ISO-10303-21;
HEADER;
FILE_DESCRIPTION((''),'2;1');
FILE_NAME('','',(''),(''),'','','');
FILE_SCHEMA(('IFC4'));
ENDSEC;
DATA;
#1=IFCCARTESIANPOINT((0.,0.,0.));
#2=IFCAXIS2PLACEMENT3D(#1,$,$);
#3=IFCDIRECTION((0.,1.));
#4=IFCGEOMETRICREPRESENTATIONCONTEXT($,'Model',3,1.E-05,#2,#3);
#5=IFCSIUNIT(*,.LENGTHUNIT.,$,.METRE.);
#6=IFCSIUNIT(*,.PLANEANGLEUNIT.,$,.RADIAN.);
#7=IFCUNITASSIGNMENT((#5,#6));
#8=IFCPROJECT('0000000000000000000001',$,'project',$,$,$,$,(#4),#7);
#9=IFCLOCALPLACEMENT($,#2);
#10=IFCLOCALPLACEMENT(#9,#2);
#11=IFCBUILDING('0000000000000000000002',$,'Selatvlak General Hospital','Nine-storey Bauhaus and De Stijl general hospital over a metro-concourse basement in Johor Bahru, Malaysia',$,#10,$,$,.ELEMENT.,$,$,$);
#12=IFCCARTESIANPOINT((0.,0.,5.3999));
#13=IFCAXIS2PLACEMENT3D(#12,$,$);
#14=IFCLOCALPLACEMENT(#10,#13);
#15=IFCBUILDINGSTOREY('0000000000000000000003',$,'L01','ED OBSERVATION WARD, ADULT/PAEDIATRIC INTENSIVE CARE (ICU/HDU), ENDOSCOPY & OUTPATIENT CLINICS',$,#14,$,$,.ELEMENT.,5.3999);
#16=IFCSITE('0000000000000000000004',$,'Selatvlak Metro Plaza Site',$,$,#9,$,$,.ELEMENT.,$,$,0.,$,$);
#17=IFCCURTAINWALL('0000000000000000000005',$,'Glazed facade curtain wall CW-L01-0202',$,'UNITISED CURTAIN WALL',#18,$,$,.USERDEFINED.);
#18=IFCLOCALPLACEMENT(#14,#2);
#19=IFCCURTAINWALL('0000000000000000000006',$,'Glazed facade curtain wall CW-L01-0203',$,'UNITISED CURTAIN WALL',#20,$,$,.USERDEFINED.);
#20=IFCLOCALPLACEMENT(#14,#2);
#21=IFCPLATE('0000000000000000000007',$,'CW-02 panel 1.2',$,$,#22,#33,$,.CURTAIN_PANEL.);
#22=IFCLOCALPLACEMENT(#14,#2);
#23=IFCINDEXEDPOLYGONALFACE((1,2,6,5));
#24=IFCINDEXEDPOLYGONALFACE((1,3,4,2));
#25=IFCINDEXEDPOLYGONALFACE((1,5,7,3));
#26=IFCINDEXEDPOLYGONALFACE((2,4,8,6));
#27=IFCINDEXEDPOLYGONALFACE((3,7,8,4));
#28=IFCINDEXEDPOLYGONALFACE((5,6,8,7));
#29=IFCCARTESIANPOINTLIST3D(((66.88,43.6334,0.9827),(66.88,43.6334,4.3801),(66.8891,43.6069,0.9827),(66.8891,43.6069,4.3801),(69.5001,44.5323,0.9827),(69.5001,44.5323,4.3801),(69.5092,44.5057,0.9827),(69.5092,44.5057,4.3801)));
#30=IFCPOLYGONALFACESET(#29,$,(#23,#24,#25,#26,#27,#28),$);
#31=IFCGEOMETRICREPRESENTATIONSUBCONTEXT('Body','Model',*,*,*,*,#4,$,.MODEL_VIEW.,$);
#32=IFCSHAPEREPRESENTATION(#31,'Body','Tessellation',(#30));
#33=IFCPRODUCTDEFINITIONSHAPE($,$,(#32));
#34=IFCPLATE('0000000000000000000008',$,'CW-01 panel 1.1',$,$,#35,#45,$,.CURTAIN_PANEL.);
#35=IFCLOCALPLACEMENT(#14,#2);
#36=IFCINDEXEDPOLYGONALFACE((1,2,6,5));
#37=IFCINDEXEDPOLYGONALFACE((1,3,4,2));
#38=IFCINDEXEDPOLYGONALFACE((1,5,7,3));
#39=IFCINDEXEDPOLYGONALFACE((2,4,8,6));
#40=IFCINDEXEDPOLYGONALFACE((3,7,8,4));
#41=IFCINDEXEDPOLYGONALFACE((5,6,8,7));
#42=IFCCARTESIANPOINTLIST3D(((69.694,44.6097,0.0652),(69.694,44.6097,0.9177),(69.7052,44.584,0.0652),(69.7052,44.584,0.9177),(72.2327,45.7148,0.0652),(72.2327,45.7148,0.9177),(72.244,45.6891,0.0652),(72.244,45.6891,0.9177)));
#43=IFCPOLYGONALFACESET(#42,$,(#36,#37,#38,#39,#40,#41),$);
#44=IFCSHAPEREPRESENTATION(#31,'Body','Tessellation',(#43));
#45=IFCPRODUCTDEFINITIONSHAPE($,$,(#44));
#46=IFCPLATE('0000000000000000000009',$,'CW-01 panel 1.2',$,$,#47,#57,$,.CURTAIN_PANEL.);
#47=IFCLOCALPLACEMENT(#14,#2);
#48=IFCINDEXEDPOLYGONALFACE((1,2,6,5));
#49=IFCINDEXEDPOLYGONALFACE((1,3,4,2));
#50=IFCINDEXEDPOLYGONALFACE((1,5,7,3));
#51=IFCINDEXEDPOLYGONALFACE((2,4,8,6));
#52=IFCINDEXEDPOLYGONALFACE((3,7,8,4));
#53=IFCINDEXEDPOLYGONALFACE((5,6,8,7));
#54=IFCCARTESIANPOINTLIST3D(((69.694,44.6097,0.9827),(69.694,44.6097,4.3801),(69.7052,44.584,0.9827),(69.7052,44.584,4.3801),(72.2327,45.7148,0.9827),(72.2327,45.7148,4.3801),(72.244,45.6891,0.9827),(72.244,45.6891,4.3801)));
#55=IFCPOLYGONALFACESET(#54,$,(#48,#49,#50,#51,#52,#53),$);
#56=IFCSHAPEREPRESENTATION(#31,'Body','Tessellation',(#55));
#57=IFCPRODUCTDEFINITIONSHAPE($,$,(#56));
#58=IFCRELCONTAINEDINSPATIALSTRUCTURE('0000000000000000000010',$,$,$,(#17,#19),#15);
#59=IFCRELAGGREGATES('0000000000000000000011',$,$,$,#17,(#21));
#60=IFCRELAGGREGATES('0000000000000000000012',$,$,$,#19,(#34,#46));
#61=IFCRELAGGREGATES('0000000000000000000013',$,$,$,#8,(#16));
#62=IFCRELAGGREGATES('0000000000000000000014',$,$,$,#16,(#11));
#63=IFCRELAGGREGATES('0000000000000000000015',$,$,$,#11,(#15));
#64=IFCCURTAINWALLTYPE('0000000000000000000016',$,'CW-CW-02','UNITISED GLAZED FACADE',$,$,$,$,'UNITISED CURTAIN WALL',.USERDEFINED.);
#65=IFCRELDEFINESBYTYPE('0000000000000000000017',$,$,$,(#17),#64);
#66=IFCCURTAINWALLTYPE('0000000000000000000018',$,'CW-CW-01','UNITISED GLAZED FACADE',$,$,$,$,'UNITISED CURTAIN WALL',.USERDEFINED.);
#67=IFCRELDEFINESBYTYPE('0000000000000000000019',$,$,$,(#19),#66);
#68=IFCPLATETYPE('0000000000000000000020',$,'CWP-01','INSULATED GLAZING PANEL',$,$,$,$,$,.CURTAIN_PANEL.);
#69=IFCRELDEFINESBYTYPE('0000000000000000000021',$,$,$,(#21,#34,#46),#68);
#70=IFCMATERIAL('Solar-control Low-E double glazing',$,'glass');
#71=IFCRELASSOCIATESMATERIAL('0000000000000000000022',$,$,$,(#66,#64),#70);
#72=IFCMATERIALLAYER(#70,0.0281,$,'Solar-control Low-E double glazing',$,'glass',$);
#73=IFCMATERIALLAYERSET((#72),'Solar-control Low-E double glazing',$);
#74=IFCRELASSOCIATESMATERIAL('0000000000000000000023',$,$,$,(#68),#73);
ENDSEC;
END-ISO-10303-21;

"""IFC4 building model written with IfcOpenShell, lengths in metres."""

from ifc_helpers import new_model, si_unit, direction, frame, origin, origin_2d, place, context, subcontext, project, spatial, rectangle, extrude, material, layer, layer_set, type_object, element, aggregate, save


model = new_model("IFC4")

# Units and contexts
model_context = context("Model", 3, precision=1e-05, world=origin(), true_north=direction((0.0, 1.0)))
body_context = subcontext(model_context, "Body", "Model", "MODEL_VIEW")
ifc_project = project(units=[si_unit("LENGTHUNIT", "METRE"), si_unit("PLANEANGLEUNIT", "RADIAN")], contexts=[model_context])

# Site, building, storey
site_placement = place(None, origin())
site = spatial("IfcSite", under=ifc_project, at=site_placement, Name="Selatvlak Metro Plaza Site", CompositionType="ELEMENT", RefElevation=0.0)
building_placement = place(site_placement, origin())
building = spatial("IfcBuilding", under=site, at=building_placement, Name="Selatvlak General Hospital", Description="Nine-storey Bauhaus and De Stijl general hospital over a metro-concourse basement in Johor Bahru, Malaysia", CompositionType="ELEMENT")
storey_placement = place(building_placement, frame((0.0, 0.0, 5.3999)))
storey = spatial("IfcBuildingStorey", under=building, at=storey_placement, Name="L01", Description="ED OBSERVATION WARD, ADULT/PAEDIATRIC INTENSIVE CARE (ICU/HDU), ENDOSCOPY & OUTPATIENT CLINICS", CompositionType="ELEMENT", Elevation=5.3999)

# Shared definitions
ifc_material_1 = material(Name="Solar-control Low-E double glazing", Category="glass")
curtain_wall_type_1 = type_object("IfcCurtainWallType", Name="CW-CW-01", Description="UNITISED GLAZED FACADE", ElementType="UNITISED CURTAIN WALL", PredefinedType="USERDEFINED", material=ifc_material_1)

# Curtain walls
curtain_wall_type_2 = type_object("IfcCurtainWallType", Name="CW-CW-02", Description="UNITISED GLAZED FACADE", ElementType="UNITISED CURTAIN WALL", PredefinedType="USERDEFINED", material=ifc_material_1)
curtain_wall_1_placement = place(storey_placement, origin())
curtain_wall_1 = element("IfcCurtainWall", 1, at=curtain_wall_1_placement, inside=storey, type_object=curtain_wall_type_2, Name="Glazed facade curtain wall CW-L01-0202", ObjectType="UNITISED CURTAIN WALL", PredefinedType="USERDEFINED")
curtain_wall_2_placement = place(storey_placement, origin())
curtain_wall_2 = element("IfcCurtainWall", 2, at=curtain_wall_2_placement, inside=storey, type_object=curtain_wall_type_1, Name="Glazed facade curtain wall CW-L01-0203", ObjectType="UNITISED CURTAIN WALL", PredefinedType="USERDEFINED")

# Plates
ifc_layer = layer(ifc_material_1, 0.0281, Name="Solar-control Low-E double glazing", Category="glass")
ifc_layer_set = layer_set([ifc_layer], Name="Solar-control Low-E double glazing")
plate_type = type_object("IfcPlateType", Name="CWP-01", Description="INSULATED GLAZING PANEL", PredefinedType="CURTAIN_PANEL", material=ifc_layer_set)
plate_1_placement = place(storey_placement, frame((68.1946, 44.0696, 0.9827), z_axis=(0.0, 0.0, 1.0), x_axis=(0.945889, 0.324492, 0.0)))
plate_1 = element("IfcPlate", 3, at=plate_1_placement, type_object=plate_type, Name="CW-02 panel 1.2", PredefinedType="CURTAIN_PANEL", context=body_context, shape_type="SweptSolid", body=[
    extrude(rectangle(XDim=2.77, YDim=0.0281, at=origin_2d()), origin(), (0.0, 0.0, 1.0), 3.3975),
])
aggregate(curtain_wall_1, [plate_1])
plate_2_placement = place(storey_placement, frame((70.969, 45.1494, 0.0652), z_axis=(0.0, 0.0, 1.0), x_axis=(0.9169, 0.399117, 0.0)))
plate_2 = element("IfcPlate", 4, at=plate_2_placement, type_object=plate_type, Name="CW-01 panel 1.1", PredefinedType="CURTAIN_PANEL", context=body_context, shape_type="SweptSolid", body=[
    extrude(rectangle(XDim=2.7688, YDim=0.0281, at=origin_2d()), origin(), (0.0, 0.0, 1.0), 0.8525),
])
plate_3_placement = place(storey_placement, frame((70.969, 45.1494, 0.9827), z_axis=(0.0, 0.0, 1.0), x_axis=(0.9169, 0.399117, 0.0)))
plate_3 = element("IfcPlate", 5, at=plate_3_placement, type_object=plate_type, Name="CW-01 panel 1.2", PredefinedType="CURTAIN_PANEL", context=body_context, shape_type="SweptSolid", body=[
    extrude(rectangle(XDim=2.7688, YDim=0.0281, at=origin_2d()), origin(), (0.0, 0.0, 1.0), 3.3975),
])
aggregate(curtain_wall_2, [plate_2, plate_3])

save(model, "model.ifc")
